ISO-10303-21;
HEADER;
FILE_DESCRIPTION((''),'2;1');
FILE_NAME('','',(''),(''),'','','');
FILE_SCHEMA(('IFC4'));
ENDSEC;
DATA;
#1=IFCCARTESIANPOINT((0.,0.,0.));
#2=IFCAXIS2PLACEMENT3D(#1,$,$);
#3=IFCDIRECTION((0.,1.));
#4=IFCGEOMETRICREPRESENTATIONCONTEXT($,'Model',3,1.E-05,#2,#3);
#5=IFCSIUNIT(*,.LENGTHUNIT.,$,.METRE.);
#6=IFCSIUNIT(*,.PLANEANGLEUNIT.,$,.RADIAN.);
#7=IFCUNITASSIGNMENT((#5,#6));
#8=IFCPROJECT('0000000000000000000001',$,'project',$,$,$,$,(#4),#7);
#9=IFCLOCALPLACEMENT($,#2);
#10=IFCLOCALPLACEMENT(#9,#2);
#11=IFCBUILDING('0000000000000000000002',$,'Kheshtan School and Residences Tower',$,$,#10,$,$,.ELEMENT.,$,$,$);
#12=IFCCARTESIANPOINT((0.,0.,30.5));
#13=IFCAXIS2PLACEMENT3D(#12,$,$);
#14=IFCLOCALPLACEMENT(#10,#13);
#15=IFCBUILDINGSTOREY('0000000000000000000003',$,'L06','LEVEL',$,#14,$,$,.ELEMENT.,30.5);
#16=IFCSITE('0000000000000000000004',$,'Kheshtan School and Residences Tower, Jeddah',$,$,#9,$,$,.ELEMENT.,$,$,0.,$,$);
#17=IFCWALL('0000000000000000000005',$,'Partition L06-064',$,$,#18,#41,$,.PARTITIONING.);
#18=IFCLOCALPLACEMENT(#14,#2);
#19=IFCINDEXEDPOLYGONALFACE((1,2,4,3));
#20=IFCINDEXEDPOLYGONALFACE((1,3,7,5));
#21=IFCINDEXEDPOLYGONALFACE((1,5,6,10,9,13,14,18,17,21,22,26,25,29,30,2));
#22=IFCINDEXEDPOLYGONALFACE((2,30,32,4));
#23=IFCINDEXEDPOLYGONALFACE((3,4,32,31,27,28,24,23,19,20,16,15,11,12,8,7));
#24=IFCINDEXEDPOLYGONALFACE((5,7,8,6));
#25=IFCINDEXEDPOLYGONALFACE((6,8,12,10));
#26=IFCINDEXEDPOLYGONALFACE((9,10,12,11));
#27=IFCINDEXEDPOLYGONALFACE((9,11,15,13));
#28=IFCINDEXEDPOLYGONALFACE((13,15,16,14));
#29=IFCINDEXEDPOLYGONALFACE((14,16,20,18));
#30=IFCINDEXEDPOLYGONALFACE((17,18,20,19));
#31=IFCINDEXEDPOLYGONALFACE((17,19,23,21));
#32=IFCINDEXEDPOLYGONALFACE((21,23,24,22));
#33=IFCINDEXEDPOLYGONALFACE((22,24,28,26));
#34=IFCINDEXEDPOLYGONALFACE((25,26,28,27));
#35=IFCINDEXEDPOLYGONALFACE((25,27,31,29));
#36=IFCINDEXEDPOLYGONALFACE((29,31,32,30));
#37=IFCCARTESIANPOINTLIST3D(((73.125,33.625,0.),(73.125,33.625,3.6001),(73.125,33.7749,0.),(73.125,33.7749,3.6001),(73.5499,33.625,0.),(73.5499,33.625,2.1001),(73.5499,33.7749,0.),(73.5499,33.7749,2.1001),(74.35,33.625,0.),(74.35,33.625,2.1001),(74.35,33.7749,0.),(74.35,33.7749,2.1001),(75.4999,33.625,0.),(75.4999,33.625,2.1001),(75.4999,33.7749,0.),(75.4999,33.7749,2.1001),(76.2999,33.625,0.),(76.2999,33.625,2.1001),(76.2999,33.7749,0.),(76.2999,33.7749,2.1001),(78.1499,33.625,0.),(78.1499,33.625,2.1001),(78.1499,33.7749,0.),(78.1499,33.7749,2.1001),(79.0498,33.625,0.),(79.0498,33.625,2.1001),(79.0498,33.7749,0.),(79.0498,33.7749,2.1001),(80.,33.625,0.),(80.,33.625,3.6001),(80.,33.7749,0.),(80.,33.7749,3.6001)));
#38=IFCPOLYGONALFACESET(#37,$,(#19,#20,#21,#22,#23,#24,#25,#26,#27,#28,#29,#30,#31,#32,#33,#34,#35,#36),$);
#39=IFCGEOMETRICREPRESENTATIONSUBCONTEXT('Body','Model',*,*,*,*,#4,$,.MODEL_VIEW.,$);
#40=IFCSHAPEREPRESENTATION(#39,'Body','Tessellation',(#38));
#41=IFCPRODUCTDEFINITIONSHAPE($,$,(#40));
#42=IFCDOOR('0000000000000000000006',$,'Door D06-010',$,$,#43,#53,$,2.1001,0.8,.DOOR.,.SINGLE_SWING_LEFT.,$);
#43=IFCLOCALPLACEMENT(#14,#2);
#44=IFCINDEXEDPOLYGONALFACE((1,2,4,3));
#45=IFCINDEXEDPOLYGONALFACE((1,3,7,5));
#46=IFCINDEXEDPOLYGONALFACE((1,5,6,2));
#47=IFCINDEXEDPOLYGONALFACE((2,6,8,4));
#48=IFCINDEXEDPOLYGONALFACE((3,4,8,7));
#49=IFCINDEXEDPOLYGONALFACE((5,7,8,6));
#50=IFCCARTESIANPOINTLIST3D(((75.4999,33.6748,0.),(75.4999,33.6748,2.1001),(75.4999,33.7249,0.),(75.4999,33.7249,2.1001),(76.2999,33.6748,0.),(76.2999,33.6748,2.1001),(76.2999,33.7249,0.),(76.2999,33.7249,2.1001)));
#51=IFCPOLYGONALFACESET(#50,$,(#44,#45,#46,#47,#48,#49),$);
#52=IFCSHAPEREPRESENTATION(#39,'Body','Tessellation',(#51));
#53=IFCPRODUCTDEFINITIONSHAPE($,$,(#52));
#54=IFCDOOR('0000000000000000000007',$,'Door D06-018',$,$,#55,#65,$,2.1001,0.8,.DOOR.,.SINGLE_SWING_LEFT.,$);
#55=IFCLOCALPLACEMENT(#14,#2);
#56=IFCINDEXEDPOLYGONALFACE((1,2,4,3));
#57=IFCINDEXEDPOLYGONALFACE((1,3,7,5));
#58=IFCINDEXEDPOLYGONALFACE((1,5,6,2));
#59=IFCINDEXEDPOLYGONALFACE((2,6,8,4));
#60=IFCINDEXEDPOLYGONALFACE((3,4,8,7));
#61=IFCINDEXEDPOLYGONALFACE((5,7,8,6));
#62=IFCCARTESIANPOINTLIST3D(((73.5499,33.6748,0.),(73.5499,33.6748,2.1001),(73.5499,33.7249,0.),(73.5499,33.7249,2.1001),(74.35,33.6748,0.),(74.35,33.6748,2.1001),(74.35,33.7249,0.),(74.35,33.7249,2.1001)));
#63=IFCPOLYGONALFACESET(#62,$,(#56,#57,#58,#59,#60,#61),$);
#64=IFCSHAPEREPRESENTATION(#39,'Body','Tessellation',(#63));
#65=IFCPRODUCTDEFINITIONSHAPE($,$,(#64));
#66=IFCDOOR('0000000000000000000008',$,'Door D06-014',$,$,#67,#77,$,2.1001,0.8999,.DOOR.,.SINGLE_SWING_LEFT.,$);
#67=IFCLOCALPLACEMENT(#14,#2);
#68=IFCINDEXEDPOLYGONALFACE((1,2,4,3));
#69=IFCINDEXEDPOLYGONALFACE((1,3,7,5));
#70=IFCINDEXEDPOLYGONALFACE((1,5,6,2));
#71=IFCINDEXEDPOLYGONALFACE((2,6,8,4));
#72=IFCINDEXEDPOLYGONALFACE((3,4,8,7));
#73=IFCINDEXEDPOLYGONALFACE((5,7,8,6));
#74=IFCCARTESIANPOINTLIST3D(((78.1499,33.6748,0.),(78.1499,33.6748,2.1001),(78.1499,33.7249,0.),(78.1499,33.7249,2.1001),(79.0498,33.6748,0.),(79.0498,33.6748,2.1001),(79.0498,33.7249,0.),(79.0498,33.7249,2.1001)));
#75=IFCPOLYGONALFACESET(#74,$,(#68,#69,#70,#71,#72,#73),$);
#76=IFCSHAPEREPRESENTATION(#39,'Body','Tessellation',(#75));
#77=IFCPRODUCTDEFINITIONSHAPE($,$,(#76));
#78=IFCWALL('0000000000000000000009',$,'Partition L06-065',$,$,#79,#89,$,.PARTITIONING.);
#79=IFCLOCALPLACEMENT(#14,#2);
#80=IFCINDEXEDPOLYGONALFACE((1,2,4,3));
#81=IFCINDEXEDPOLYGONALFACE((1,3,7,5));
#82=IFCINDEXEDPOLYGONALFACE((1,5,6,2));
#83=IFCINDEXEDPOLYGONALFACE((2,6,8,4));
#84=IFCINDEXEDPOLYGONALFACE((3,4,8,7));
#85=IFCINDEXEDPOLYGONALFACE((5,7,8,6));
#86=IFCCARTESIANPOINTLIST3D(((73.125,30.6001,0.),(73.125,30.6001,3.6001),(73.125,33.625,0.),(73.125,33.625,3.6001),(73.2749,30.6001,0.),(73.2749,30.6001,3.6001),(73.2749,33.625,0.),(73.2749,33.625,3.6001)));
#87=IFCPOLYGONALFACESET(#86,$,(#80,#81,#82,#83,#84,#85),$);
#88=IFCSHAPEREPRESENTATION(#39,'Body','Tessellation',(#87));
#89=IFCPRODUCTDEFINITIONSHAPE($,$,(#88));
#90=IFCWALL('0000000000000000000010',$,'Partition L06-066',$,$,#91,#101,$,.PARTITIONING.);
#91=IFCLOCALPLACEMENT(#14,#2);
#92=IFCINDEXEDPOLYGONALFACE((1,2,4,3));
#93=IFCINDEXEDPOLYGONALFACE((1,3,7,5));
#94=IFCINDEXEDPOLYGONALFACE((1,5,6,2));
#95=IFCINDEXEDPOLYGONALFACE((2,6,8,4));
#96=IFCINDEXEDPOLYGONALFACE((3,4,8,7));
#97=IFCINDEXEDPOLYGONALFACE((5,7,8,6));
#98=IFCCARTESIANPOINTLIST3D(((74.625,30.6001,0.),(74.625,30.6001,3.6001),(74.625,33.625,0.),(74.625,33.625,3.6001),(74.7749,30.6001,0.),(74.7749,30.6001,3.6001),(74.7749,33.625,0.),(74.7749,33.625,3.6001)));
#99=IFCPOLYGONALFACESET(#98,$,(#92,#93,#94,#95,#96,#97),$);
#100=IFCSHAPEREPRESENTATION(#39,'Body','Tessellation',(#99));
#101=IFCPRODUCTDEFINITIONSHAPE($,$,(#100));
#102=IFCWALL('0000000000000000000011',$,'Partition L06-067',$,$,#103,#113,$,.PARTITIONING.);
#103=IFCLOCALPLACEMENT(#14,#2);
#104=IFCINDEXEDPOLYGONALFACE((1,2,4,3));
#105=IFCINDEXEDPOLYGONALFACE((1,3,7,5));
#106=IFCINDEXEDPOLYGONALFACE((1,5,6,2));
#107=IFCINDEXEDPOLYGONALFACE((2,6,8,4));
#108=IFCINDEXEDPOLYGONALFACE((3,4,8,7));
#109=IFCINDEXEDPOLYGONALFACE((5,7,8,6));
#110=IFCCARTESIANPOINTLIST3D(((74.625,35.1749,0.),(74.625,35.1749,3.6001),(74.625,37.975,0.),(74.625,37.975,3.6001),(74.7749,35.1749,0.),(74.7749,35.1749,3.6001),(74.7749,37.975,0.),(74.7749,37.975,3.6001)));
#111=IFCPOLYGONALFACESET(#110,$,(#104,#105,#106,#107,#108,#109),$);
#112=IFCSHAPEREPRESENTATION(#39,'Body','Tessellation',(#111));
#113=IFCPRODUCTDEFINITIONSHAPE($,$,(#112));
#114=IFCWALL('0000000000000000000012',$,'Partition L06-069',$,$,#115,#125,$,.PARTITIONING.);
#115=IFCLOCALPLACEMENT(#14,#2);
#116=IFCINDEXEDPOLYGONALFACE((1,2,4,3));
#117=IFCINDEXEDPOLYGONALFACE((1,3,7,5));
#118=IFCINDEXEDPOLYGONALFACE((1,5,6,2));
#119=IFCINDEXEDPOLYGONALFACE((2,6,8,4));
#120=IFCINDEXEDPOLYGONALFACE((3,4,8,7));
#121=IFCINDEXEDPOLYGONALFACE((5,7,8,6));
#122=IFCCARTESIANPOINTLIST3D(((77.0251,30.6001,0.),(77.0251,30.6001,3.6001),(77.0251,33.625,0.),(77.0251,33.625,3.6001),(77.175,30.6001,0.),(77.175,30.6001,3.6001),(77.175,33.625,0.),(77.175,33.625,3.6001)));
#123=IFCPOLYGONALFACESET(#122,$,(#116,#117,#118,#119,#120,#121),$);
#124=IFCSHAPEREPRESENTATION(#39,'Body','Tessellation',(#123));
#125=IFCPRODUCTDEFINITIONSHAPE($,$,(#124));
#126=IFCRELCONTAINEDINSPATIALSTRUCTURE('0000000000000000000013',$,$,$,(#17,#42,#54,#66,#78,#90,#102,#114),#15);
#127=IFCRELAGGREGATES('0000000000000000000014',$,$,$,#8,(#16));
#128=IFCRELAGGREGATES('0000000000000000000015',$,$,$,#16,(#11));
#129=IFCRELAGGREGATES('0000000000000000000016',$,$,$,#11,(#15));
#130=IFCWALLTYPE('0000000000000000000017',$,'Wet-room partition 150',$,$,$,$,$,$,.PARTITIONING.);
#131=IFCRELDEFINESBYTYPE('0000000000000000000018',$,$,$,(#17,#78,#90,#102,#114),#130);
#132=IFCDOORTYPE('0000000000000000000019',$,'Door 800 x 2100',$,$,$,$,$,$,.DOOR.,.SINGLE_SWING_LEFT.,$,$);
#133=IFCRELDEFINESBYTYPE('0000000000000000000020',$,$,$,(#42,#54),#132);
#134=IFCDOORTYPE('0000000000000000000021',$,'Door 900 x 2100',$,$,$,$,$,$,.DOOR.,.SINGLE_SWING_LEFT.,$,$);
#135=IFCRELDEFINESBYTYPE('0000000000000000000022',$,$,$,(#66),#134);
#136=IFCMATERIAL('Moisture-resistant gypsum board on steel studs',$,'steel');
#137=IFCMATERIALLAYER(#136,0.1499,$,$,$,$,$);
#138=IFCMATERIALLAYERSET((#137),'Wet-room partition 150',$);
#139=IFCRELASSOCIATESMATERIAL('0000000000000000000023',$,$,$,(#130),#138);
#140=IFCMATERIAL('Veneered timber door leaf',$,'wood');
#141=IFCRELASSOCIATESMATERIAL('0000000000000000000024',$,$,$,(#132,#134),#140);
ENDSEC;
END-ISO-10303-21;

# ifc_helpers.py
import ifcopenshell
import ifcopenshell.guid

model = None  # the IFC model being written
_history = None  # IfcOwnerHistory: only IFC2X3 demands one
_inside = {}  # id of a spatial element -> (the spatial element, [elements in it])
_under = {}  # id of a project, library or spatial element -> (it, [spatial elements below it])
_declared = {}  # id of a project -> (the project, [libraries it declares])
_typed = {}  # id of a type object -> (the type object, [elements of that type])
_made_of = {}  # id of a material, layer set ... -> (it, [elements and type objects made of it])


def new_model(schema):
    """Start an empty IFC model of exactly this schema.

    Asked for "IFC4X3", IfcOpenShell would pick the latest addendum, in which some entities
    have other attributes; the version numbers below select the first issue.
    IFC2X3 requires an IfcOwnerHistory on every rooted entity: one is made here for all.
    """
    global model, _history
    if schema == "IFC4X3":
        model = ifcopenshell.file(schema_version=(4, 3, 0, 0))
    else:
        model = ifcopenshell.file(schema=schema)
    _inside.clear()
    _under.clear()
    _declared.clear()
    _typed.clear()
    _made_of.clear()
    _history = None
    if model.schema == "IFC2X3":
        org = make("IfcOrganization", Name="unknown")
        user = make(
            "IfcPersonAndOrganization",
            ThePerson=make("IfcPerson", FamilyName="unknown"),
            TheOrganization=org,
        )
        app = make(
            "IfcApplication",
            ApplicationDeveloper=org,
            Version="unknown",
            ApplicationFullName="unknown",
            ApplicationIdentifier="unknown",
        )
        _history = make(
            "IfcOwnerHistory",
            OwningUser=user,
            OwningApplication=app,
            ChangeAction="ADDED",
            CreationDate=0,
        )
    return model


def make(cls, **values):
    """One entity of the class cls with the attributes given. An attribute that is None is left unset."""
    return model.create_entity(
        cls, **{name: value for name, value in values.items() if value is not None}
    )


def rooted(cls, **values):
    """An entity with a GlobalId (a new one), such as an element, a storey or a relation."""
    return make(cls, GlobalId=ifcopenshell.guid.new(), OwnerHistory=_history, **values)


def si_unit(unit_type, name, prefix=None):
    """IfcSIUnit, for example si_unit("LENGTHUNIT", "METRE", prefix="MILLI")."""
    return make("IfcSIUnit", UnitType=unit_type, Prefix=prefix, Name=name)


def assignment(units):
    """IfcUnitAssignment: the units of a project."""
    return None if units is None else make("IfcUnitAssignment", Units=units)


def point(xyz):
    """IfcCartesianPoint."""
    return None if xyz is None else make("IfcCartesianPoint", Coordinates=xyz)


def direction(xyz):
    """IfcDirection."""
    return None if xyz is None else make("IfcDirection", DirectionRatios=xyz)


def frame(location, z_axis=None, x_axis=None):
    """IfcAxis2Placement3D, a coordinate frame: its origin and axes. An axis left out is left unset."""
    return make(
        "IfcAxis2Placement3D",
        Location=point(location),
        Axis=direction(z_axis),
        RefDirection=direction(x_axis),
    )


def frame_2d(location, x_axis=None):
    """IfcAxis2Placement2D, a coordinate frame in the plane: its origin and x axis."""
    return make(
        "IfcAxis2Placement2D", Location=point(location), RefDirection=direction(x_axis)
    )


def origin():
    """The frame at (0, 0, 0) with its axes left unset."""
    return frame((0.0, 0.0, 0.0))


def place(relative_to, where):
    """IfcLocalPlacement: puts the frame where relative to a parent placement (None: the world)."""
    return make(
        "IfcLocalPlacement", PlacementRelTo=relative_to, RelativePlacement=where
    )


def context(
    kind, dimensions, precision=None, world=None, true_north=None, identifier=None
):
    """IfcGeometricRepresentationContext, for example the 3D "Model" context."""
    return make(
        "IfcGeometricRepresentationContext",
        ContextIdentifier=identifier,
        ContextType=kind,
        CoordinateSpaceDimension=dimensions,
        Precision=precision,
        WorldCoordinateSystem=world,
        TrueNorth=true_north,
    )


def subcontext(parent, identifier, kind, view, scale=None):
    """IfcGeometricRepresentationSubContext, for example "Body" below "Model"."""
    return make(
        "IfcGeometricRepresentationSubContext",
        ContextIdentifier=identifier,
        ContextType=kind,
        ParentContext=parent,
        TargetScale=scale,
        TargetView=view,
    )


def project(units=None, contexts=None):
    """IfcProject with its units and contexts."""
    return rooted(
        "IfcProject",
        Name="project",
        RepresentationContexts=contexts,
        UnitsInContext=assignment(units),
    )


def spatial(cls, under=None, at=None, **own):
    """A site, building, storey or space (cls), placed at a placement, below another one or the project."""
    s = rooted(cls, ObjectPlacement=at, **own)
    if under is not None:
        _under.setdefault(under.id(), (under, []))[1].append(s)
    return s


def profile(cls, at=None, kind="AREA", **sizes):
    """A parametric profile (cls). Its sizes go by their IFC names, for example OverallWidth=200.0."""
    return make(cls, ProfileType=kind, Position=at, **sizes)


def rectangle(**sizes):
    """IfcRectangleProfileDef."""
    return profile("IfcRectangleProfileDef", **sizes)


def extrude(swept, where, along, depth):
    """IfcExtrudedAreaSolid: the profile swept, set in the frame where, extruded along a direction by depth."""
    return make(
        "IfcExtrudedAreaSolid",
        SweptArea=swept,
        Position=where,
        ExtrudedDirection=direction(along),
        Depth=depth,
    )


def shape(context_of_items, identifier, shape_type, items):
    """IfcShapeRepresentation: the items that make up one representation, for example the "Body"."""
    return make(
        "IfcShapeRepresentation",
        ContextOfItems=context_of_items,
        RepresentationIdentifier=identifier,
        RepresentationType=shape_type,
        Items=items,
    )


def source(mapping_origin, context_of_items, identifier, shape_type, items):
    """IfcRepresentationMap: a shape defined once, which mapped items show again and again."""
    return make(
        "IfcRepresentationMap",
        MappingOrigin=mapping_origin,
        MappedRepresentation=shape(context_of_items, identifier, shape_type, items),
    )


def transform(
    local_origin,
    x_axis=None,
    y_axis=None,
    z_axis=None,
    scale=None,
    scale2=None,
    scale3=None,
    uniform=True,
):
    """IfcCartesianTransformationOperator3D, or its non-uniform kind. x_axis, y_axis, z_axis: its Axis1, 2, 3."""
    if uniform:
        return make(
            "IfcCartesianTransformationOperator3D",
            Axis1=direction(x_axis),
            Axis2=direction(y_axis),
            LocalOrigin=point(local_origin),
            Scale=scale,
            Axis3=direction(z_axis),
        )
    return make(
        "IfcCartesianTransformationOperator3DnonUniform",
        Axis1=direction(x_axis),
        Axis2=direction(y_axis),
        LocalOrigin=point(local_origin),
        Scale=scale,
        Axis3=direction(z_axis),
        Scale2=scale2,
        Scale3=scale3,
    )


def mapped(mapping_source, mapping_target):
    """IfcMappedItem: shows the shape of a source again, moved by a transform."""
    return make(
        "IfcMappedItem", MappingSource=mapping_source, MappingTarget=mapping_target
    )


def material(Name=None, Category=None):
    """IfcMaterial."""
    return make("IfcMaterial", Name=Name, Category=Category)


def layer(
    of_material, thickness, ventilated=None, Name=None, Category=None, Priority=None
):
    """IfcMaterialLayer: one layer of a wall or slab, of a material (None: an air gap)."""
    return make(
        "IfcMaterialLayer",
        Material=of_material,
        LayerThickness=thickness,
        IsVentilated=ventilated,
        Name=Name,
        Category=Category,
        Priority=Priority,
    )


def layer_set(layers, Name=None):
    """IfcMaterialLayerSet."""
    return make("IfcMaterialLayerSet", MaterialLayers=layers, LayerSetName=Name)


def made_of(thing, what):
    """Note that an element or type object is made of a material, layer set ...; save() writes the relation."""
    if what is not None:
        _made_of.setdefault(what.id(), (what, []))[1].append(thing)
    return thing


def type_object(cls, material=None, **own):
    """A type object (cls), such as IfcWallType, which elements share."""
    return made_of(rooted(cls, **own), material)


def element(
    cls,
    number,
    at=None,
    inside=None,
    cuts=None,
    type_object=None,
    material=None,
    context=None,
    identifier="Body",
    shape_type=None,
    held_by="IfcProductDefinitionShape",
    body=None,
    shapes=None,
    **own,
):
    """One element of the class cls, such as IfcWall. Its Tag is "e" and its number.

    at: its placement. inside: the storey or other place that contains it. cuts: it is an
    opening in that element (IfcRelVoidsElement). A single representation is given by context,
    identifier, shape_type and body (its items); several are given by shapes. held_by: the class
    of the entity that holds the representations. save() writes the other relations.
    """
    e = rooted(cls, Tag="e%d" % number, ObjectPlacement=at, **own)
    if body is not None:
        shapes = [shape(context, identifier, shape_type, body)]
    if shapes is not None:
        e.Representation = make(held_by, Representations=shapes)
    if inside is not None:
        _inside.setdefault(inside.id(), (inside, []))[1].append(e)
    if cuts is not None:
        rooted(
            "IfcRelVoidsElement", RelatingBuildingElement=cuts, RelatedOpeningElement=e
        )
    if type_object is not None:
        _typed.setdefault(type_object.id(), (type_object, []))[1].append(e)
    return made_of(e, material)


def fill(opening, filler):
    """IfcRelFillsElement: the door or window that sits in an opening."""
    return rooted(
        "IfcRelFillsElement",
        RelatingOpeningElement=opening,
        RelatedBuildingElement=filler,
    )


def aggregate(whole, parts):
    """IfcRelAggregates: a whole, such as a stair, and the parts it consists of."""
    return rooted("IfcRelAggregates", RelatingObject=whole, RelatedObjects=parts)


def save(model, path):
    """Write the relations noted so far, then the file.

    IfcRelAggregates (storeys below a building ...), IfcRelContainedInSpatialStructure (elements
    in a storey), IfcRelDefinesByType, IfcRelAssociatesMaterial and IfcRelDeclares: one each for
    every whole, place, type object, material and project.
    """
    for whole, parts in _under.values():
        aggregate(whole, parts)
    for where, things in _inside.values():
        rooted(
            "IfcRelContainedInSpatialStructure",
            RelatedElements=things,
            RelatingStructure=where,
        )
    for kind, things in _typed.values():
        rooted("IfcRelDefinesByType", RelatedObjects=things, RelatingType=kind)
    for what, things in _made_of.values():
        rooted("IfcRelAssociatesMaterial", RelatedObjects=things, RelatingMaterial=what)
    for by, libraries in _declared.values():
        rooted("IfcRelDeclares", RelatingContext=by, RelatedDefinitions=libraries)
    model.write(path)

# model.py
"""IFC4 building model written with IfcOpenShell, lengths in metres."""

from ifc_helpers import new_model, si_unit, direction, frame, frame_2d, origin, place, context, subcontext, project, spatial, rectangle, extrude, source, transform, mapped, material, layer, layer_set, type_object, element, fill, save


model = new_model("IFC4")

# Units and contexts
model_context = context("Model", 3, precision=1e-05, world=origin(), true_north=direction((0.0, 1.0)))
body_context = subcontext(model_context, "Body", "Model", "MODEL_VIEW")
ifc_project = project(units=[si_unit("LENGTHUNIT", "METRE"), si_unit("PLANEANGLEUNIT", "RADIAN")], contexts=[model_context])

# Site, building, storey
site_placement = place(None, origin())
site = spatial("IfcSite", under=ifc_project, at=site_placement, Name="Kheshtan School and Residences Tower, Jeddah", CompositionType="ELEMENT", RefElevation=0.0)
building_placement = place(site_placement, origin())
building = spatial("IfcBuilding", under=site, at=building_placement, Name="Kheshtan School and Residences Tower", CompositionType="ELEMENT")
storey_placement = place(building_placement, frame((0.0, 0.0, 30.5)))
storey = spatial("IfcBuildingStorey", under=building, at=storey_placement, Name="L06", Description="LEVEL", CompositionType="ELEMENT", Elevation=30.5)

# Shared definitions
ifc_material_1 = material(Name="Moisture-resistant gypsum board on steel studs", Category="steel")
ifc_layer_1 = layer(ifc_material_1, 0.1499)
ifc_layer_set_1 = layer_set([ifc_layer_1], Name="Wet-room partition 150")
wall_type_1 = type_object("IfcWallType", Name="Wet-room partition 150", PredefinedType="PARTITIONING", material=ifc_layer_set_1)
ifc_material_2 = material(Name="Veneered timber door leaf", Category="wood")
door_type_1 = type_object("IfcDoorType", Name="Door 800 x 2100", OperationType="SINGLE_SWING_LEFT", PredefinedType="DOOR", material=ifc_material_2)
shared_shape_1 = source(origin(), body_context, "Body", "SweptSolid", [
    extrude(rectangle(XDim=0.8, YDim=2.1001, at=frame_2d((0.3999, 1.05))), frame((0.0, 0.0249, 0.0), z_axis=(0.0, -1.0, 0.0), x_axis=(1.0, 0.0, 0.0)), (0.0, 0.0, 1.0), 0.05),
])

# Shared definitions
door_type_2 = type_object("IfcDoorType", Name="Door 900 x 2100", OperationType="SINGLE_SWING_LEFT", PredefinedType="DOOR", material=ifc_material_2)
shared_shape_2 = source(origin(), body_context, "Body", "SweptSolid", [
    extrude(rectangle(XDim=0.8999, YDim=2.1001, at=frame_2d((0.45, 1.05))), frame((0.0, 0.0249, 0.0), z_axis=(0.0, -1.0, 0.0), x_axis=(1.0, 0.0, 0.0)), (0.0, 0.0, 1.0), 0.05),
])

# Wall, openings, doors
wall_1_placement = place(storey_placement, frame((73.125, 33.7, 0.0), z_axis=(0.0, 0.0, 1.0), x_axis=(1.0, 0.0, 0.0)))
wall_1 = element("IfcWall", 1, at=wall_1_placement, inside=storey, type_object=wall_type_1, Name="Partition L06-064", PredefinedType="PARTITIONING", context=body_context, shape_type="SweptSolid", body=[
    extrude(rectangle(XDim=6.875, YDim=0.1499, at=frame_2d((3.4375, 0.0))), origin(), (0.0, 0.0, 1.0), 3.6001),
])
opening_1_placement = place(wall_1_placement, frame((2.375, 0.0, 0.0)))
opening_1 = element("IfcOpeningElement", 2, at=opening_1_placement, cuts=wall_1, PredefinedType="OPENING", context=body_context, shape_type="SweptSolid", body=[
    extrude(rectangle(XDim=0.8, YDim=2.1001, at=frame_2d((0.3999, 1.05))), frame((0.0, 0.085, 0.0), z_axis=(0.0, -1.0, 0.0), x_axis=(1.0, 0.0, 0.0)), (0.0, 0.0, 1.0), 0.1699),
])
opening_2_placement = place(wall_1_placement, frame((5.0249, 0.0, 0.0)))
opening_2 = element("IfcOpeningElement", 3, at=opening_2_placement, cuts=wall_1, PredefinedType="OPENING", context=body_context, shape_type="SweptSolid", body=[
    extrude(rectangle(XDim=0.8999, YDim=2.1001, at=frame_2d((0.45, 1.05))), frame((0.0, 0.085, 0.0), z_axis=(0.0, -1.0, 0.0), x_axis=(1.0, 0.0, 0.0)), (0.0, 0.0, 1.0), 0.1699),
])
opening_3_placement = place(wall_1_placement, frame((0.425, 0.0, 0.0)))
opening_3 = element("IfcOpeningElement", 4, at=opening_3_placement, cuts=wall_1, PredefinedType="OPENING", context=body_context, shape_type="SweptSolid", body=[
    extrude(rectangle(XDim=0.8, YDim=2.1001, at=frame_2d((0.3999, 1.05))), frame((0.0, 0.085, 0.0), z_axis=(0.0, -1.0, 0.0), x_axis=(1.0, 0.0, 0.0)), (0.0, 0.0, 1.0), 0.1699),
])
door_1_placement = place(opening_1_placement, origin())
door_1 = element("IfcDoor", 5, at=door_1_placement, inside=storey, type_object=door_type_1, Name="Door D06-010", OperationType="SINGLE_SWING_LEFT", OverallHeight=2.1001, OverallWidth=0.8, PredefinedType="DOOR", context=body_context, shape_type="MappedRepresentation", body=[
    mapped(shared_shape_1, transform((0.0, 0.0, 0.0), x_axis=(1.0, 0.0, 0.0), y_axis=(0.0, 1.0, 0.0), z_axis=(0.0, 0.0, 1.0), scale=1.0)),
])
fill(opening_1, door_1)
door_2_placement = place(opening_3_placement, origin())
door_2 = element("IfcDoor", 6, at=door_2_placement, inside=storey, type_object=door_type_1, Name="Door D06-018", OperationType="SINGLE_SWING_LEFT", OverallHeight=2.1001, OverallWidth=0.8, PredefinedType="DOOR", context=body_context, shape_type="MappedRepresentation", body=[
    mapped(shared_shape_1, transform((0.0, 0.0, 0.0), x_axis=(1.0, 0.0, 0.0), y_axis=(0.0, 1.0, 0.0), z_axis=(0.0, 0.0, 1.0), scale=1.0)),
])
fill(opening_3, door_2)
door_3_placement = place(opening_2_placement, origin())
door_3 = element("IfcDoor", 7, at=door_3_placement, inside=storey, type_object=door_type_2, Name="Door D06-014", OperationType="SINGLE_SWING_LEFT", OverallHeight=2.1001, OverallWidth=0.8999, PredefinedType="DOOR", context=body_context, shape_type="MappedRepresentation", body=[
    mapped(shared_shape_2, transform((0.0, 0.0, 0.0), x_axis=(1.0, 0.0, 0.0), y_axis=(0.0, 1.0, 0.0), z_axis=(0.0, 0.0, 1.0), scale=1.0)),
])
fill(opening_2, door_3)

# Walls
for number, where, z_axis, x_axis, name in (
    (8, (73.2, 30.6001, 0.0), (0.0, 0.0, 1.0), (0.0, 1.0, 0.0), "Partition L06-065"),
    (9, (74.7, 30.6001, 0.0), (0.0, 0.0, 1.0), (0.0, 1.0, 0.0), "Partition L06-066"),
):
    element("IfcWall", number, at=place(storey_placement, frame(where, z_axis=z_axis, x_axis=x_axis)), inside=storey, type_object=wall_type_1, Name=name, PredefinedType="PARTITIONING", context=body_context, shape_type="SweptSolid", body=[
        extrude(rectangle(XDim=3.0249, YDim=0.1499, at=frame_2d((1.5125, 0.0))), origin(), (0.0, 0.0, 1.0), 3.6001),
    ])
wall_2_placement = place(storey_placement, frame((74.7, 35.175, 0.0), z_axis=(0.0, 0.0, 1.0), x_axis=(0.0, 1.0, 0.0)))
element("IfcWall", 10, at=wall_2_placement, inside=storey, type_object=wall_type_1, Name="Partition L06-067", PredefinedType="PARTITIONING", context=body_context, shape_type="SweptSolid", body=[
    extrude(rectangle(XDim=2.8, YDim=0.1499, at=frame_2d((1.3999, 0.0))), origin(), (0.0, 0.0, 1.0), 3.6001),
])
wall_3_placement = place(storey_placement, frame((77.1001, 30.6001, 0.0), z_axis=(0.0, 0.0, 1.0), x_axis=(0.0, 1.0, 0.0)))
element("IfcWall", 11, at=wall_3_placement, inside=storey, type_object=wall_type_1, Name="Partition L06-069", PredefinedType="PARTITIONING", context=body_context, shape_type="SweptSolid", body=[
    extrude(rectangle(XDim=3.0249, YDim=0.1499, at=frame_2d((1.5125, 0.0))), origin(), (0.0, 0.0, 1.0), 3.6001),
])

save(model, "model.ifc")
